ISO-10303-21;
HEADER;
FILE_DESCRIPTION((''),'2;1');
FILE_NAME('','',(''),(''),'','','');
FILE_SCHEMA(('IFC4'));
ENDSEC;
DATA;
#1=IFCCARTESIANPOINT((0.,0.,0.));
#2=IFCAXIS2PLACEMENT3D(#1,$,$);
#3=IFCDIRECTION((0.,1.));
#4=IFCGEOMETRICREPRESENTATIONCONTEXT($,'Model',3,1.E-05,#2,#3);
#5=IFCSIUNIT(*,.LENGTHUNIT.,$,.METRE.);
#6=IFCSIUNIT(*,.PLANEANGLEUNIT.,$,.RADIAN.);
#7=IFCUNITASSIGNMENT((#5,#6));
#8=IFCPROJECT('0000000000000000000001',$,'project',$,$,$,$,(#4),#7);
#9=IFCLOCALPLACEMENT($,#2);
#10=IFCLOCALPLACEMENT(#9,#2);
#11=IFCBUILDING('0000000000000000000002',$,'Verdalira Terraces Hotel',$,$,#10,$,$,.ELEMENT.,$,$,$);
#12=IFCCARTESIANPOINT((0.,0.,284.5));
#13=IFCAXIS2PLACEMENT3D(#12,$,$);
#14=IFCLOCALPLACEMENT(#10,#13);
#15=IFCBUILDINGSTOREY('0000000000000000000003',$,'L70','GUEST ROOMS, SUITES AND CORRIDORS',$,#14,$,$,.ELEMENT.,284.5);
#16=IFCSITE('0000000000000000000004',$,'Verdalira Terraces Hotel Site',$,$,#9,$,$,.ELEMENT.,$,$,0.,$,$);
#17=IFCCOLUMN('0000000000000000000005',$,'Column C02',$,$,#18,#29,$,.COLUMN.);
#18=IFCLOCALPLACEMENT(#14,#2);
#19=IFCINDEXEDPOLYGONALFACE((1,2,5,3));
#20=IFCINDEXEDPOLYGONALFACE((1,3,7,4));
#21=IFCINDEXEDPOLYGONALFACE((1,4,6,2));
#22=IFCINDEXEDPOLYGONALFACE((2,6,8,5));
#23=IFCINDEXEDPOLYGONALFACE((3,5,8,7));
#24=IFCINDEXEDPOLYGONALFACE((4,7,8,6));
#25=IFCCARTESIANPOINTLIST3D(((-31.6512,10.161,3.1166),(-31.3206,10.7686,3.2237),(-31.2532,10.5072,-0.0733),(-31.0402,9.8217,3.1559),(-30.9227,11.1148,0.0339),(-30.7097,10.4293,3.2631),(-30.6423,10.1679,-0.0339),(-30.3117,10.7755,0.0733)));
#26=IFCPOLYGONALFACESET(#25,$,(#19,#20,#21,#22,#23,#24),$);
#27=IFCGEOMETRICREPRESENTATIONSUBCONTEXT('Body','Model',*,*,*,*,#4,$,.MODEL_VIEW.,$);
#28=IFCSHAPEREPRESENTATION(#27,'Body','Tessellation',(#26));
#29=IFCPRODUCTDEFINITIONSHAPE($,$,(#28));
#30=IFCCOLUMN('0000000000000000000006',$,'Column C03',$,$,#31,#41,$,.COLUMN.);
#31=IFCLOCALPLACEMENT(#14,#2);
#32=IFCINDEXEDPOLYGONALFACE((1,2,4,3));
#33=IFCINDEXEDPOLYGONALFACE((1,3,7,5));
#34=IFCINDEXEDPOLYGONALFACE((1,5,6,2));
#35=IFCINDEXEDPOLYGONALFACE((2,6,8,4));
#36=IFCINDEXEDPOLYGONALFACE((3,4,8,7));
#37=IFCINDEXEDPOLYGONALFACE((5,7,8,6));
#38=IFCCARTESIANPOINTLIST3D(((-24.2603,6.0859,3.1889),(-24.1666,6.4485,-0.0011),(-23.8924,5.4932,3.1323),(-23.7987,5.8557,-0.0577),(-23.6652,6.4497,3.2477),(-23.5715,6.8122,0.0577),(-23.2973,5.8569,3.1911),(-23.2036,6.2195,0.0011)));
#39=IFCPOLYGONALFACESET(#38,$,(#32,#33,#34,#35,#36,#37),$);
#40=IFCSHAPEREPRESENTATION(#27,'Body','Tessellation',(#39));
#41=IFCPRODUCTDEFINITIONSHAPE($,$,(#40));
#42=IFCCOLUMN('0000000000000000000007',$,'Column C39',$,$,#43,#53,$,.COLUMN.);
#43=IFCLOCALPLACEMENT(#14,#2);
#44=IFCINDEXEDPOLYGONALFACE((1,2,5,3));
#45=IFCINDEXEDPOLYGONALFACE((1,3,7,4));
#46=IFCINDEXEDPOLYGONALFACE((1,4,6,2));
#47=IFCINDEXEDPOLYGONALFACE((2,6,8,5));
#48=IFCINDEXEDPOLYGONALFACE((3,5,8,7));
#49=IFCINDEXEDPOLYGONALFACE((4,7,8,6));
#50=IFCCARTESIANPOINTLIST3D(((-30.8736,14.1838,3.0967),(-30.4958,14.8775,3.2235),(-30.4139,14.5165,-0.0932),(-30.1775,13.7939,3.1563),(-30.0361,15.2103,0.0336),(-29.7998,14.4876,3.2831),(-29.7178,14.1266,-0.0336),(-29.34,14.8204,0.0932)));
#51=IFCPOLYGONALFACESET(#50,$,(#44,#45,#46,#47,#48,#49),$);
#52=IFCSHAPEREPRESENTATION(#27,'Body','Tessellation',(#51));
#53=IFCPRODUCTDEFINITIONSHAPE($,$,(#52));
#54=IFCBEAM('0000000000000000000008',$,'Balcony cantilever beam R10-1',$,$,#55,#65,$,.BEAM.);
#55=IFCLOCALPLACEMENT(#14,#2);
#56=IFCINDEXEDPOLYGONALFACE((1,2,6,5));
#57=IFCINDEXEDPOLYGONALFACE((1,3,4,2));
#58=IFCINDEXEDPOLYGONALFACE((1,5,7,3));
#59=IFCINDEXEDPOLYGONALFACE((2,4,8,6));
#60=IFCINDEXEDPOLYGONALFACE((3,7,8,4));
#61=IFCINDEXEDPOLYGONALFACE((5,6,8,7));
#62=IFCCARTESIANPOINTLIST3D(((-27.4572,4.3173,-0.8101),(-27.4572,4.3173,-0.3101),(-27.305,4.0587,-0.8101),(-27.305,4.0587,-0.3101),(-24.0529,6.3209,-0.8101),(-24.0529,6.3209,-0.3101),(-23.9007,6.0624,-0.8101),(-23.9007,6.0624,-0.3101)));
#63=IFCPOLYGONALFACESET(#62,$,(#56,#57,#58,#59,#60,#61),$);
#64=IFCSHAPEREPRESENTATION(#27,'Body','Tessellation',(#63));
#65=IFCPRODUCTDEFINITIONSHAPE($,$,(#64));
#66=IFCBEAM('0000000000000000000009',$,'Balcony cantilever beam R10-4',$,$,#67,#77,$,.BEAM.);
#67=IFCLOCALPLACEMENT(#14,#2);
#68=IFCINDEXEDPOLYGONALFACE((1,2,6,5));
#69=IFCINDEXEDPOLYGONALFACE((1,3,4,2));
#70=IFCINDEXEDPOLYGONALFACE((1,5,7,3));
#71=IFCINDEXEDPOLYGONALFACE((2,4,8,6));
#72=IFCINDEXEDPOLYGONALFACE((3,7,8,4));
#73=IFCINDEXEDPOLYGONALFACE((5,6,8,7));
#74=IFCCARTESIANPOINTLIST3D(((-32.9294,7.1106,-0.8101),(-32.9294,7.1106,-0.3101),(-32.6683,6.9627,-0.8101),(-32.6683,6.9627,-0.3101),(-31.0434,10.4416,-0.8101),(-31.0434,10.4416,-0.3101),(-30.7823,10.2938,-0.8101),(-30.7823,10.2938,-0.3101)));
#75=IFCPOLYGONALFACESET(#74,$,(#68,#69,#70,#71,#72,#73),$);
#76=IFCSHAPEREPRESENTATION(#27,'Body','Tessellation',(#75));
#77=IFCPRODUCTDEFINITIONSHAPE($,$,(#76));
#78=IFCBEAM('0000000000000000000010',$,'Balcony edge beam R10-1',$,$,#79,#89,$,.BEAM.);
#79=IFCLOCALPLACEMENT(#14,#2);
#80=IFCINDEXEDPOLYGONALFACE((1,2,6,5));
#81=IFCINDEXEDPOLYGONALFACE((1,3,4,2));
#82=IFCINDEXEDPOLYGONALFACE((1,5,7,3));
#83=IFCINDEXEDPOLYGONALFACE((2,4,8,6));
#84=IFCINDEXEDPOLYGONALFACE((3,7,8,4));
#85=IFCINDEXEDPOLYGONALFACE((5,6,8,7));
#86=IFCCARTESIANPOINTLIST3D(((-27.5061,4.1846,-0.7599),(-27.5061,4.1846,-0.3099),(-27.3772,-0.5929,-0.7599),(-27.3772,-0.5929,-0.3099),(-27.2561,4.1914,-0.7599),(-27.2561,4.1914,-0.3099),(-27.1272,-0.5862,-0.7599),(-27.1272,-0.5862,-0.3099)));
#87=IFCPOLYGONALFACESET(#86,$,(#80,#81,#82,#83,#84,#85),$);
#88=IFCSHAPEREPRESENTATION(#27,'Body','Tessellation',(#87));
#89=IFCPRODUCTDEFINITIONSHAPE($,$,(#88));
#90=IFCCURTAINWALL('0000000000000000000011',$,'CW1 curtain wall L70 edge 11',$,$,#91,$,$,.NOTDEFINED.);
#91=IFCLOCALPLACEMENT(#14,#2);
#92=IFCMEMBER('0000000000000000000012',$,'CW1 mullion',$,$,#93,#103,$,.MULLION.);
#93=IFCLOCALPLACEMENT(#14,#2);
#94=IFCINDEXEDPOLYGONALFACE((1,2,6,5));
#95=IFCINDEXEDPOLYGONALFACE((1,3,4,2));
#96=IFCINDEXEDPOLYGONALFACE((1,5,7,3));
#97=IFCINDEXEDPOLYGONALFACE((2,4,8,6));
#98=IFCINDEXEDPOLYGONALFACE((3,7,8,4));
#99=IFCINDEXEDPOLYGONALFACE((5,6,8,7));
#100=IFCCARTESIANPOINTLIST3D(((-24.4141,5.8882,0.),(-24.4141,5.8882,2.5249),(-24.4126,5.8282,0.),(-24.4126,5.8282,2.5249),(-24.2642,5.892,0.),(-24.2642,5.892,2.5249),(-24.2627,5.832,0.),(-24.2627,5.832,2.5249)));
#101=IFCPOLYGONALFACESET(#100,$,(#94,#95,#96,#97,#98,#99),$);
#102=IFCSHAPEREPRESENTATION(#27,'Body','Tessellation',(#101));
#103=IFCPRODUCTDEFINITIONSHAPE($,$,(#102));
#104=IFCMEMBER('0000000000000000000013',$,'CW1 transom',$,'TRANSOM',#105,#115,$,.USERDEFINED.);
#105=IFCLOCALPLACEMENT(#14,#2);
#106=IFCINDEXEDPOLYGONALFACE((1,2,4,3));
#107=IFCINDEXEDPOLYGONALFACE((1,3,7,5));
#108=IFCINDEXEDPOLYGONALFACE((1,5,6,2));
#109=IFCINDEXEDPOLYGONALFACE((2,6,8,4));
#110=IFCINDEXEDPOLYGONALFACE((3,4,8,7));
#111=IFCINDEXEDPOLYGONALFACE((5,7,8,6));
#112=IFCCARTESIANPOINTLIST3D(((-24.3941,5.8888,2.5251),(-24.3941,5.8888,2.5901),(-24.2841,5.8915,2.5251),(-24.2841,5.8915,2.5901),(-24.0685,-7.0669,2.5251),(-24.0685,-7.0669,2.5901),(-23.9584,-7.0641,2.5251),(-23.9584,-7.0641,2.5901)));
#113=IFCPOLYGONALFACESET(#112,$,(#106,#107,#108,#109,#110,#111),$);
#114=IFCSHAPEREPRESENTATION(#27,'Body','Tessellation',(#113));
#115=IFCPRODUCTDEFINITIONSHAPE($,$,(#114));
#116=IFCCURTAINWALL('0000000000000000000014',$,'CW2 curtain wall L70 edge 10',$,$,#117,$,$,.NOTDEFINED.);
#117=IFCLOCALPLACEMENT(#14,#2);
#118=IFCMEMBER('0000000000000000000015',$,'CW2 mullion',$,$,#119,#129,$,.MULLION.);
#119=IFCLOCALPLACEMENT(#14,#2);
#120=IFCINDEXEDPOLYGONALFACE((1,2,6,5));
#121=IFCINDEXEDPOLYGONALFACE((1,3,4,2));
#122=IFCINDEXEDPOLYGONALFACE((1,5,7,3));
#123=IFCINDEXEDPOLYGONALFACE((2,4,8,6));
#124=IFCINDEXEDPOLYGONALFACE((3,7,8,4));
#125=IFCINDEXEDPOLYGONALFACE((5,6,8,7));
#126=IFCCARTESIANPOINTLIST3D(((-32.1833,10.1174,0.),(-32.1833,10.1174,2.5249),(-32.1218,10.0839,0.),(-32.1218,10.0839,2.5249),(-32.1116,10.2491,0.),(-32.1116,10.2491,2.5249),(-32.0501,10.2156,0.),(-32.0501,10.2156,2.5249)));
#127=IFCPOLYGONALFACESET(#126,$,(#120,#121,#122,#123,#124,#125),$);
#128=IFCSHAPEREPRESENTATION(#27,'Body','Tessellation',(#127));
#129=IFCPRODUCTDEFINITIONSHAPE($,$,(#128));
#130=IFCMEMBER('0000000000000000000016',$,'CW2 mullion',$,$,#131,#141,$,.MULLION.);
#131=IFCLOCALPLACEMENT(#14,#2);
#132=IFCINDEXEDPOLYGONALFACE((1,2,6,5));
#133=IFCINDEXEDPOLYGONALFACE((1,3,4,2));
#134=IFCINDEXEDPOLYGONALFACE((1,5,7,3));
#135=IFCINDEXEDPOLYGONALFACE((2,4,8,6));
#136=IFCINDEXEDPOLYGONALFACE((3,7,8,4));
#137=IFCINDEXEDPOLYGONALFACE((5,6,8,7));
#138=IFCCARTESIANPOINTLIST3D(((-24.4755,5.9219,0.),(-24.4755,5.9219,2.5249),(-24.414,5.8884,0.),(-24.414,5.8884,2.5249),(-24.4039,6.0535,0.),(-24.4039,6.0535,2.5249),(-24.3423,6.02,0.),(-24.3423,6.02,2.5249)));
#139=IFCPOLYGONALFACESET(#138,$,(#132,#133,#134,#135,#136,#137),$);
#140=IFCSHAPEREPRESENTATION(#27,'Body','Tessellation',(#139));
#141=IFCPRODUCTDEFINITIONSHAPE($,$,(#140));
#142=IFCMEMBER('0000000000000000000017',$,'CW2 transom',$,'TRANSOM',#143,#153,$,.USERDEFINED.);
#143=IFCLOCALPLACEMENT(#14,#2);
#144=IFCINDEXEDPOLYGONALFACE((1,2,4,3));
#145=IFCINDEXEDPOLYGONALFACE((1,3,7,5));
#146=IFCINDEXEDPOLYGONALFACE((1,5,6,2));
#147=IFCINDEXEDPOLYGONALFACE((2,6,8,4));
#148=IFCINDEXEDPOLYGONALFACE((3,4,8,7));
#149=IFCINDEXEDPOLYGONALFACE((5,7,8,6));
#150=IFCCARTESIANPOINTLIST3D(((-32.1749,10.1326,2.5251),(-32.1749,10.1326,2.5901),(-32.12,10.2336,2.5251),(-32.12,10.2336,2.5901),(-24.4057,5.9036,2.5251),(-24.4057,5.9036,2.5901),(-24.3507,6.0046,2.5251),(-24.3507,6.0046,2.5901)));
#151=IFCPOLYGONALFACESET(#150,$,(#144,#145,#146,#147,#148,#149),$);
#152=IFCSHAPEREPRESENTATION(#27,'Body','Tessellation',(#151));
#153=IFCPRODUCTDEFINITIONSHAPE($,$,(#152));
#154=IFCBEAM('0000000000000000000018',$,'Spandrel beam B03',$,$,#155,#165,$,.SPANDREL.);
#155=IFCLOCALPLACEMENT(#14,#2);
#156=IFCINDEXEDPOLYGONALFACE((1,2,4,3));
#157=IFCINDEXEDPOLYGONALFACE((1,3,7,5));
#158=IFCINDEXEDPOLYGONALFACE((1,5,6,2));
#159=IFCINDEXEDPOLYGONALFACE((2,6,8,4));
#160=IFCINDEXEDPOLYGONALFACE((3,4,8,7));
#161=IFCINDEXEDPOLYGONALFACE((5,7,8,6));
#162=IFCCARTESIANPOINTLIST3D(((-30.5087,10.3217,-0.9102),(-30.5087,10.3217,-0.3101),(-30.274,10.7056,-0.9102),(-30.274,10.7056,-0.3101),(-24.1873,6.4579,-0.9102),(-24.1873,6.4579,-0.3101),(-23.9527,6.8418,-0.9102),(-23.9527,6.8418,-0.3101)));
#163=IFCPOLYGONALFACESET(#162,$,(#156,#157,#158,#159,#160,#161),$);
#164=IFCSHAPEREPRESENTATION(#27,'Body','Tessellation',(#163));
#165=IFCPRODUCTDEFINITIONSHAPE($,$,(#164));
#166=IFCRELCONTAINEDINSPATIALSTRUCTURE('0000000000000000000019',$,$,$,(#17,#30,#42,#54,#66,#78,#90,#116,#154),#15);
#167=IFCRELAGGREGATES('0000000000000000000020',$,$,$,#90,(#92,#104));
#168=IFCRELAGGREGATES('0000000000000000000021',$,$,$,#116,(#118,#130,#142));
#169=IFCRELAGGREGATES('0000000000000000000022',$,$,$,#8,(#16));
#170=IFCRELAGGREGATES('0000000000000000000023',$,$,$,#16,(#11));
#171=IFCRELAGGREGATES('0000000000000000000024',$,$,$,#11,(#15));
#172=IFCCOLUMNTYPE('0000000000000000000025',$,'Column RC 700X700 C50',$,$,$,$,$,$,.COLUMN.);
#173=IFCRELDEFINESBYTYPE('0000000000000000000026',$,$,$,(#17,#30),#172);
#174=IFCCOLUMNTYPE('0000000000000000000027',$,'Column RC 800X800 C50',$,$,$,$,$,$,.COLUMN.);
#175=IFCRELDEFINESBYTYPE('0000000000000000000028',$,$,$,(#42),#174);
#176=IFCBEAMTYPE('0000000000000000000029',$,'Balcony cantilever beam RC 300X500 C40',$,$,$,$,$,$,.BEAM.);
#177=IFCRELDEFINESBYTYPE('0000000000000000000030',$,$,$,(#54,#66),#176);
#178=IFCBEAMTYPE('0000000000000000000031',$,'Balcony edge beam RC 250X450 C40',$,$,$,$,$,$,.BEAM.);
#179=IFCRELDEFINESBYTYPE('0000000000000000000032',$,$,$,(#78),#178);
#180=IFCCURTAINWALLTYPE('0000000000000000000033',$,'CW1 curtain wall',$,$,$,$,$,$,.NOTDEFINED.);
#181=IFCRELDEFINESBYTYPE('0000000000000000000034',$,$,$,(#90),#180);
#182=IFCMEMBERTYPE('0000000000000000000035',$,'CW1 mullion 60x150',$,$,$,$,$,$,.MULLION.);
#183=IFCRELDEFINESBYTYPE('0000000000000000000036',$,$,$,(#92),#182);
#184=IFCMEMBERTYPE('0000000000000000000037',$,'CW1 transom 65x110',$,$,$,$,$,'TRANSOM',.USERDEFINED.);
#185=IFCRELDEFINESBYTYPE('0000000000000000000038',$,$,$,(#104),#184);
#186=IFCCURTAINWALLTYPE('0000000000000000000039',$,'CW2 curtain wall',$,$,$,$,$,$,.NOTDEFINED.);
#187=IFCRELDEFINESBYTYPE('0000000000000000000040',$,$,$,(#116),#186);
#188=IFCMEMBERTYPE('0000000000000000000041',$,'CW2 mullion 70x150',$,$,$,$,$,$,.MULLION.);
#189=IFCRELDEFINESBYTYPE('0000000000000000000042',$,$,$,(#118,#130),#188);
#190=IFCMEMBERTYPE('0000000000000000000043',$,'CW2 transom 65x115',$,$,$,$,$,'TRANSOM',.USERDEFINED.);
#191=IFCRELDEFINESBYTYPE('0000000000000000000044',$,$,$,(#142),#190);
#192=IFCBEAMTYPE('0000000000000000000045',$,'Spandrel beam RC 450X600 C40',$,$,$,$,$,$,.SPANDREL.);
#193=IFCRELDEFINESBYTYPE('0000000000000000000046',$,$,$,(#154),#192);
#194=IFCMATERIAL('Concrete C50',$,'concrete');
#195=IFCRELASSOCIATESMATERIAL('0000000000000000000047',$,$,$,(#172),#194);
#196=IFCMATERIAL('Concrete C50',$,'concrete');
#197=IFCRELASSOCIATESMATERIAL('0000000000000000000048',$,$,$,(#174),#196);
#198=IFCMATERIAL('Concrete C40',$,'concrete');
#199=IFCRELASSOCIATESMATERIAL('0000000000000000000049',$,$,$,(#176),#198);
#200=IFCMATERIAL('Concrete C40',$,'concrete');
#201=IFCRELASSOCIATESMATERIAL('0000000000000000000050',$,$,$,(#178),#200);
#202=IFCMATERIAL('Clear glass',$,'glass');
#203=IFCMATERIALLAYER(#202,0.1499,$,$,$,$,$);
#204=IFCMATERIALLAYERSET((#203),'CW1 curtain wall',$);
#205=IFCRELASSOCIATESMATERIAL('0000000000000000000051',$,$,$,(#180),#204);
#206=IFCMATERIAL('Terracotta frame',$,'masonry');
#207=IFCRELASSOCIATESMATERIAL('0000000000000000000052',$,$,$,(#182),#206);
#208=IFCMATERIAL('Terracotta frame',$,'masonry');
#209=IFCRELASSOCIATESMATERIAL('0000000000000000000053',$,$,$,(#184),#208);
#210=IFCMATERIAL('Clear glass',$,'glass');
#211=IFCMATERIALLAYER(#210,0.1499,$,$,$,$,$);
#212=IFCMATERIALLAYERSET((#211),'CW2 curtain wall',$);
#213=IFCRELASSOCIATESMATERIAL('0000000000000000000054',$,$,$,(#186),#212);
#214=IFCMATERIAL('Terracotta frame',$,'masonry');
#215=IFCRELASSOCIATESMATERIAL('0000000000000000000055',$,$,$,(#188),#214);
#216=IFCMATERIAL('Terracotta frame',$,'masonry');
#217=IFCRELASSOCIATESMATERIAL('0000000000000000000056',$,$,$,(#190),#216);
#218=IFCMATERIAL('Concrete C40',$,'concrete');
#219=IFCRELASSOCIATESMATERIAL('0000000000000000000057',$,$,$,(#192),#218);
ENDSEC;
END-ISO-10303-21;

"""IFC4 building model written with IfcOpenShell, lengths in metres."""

from ifc_helpers import new_model, si_unit, direction, frame, origin, origin_2d, place, context, subcontext, project, spatial, rectangle, extrude, material, layer, layer_set, material_profile, profile_set, type_object, element, aggregate, save


model = new_model("IFC4")

# Units and contexts
model_context = context("Model", 3, precision=1e-05, world=origin(), true_north=direction((0.0, 1.0)))
body_context = subcontext(model_context, "Body", "Model", "MODEL_VIEW")
ifc_project = project(units=[si_unit("LENGTHUNIT", "METRE"), si_unit("PLANEANGLEUNIT", "RADIAN")], contexts=[model_context])

# Site, building, storey
site_placement = place(None, origin())
site = spatial("IfcSite", under=ifc_project, at=site_placement, Name="Verdalira Terraces Hotel Site", CompositionType="ELEMENT", RefElevation=0.0)
building_placement = place(site_placement, origin())
building = spatial("IfcBuilding", under=site, at=building_placement, Name="Verdalira Terraces Hotel", CompositionType="ELEMENT")
storey_placement = place(building_placement, frame((0.0, 0.0, 284.5)))
storey = spatial("IfcBuildingStorey", under=building, at=storey_placement, Name="L70", Description="GUEST ROOMS, SUITES AND CORRIDORS", CompositionType="ELEMENT", Elevation=284.5)

# Columns
ifc_material_1 = material(Name="Concrete C50", Category="concrete")
ifc_material_profile_1 = material_profile(ifc_material_1, rectangle(XDim=0.7, YDim=0.7, at=origin_2d()), Name="RC 700X700")
ifc_profile_set_1 = profile_set([ifc_material_profile_1], Name="Concrete C50")
column_type_1 = type_object("IfcColumnType", Name="Column RC 700X700 C50", PredefinedType="COLUMN", material=ifc_profile_set_1)
column_1_placement = place(storey_placement, frame((-30.7825, 10.6414, 0.0), z_axis=(-0.12308, -0.107072, 0.986604), x_axis=(0.87283, -0.484769, 0.056277)))
element("IfcColumn", 1, at=column_1_placement, inside=storey, type_object=column_type_1, Name="Column C02", PredefinedType="COLUMN", context=body_context, shape_type="SweptSolid", body=[
    extrude(rectangle(XDim=0.7, YDim=0.7, at=origin_2d()), origin(), (0.0, 0.0, 1.0), 3.2332),
])
column_2_placement = place(storey_placement, frame((-23.6851, 6.334, 0.0), z_axis=(-0.029189, -0.112879, 0.99318), x_axis=(-0.525611, 0.846879, 0.080804)))
element("IfcColumn", 2, at=column_2_placement, inside=storey, type_object=column_type_1, Name="Column C03", PredefinedType="COLUMN", context=body_context, shape_type="SweptSolid", body=[
    extrude(rectangle(XDim=0.7, YDim=0.7, at=origin_2d()), origin(), (0.0, 0.0, 1.0), 3.2119),
])
ifc_material_2 = material(Name="Concrete C50", Category="concrete")
ifc_material_profile_2 = material_profile(ifc_material_2, rectangle(XDim=0.8, YDim=0.8, at=origin_2d()), Name="RC 800X800")
ifc_profile_set_2 = profile_set([ifc_material_profile_2], Name="Concrete C50")
column_type_2 = type_object("IfcColumnType", Name="Column RC 800X800 C50", PredefinedType="COLUMN", material=ifc_profile_set_2)
column_3_placement = place(storey_placement, frame((-29.877, 14.6685, 0.0), z_axis=(-0.141887, -0.102704, 0.984541), x_axis=(-0.87002, 0.487348, -0.074544)))
element("IfcColumn", 3, at=column_3_placement, inside=storey, type_object=column_type_2, Name="Column C39", PredefinedType="COLUMN", context=body_context, shape_type="SweptSolid", body=[
    extrude(rectangle(XDim=0.8, YDim=0.8, at=origin_2d()), origin(), (0.0, 0.0, 1.0), 3.24),
])

# Beams
ifc_material_3 = material(Name="Concrete C40", Category="concrete")
ifc_material_profile_3 = material_profile(ifc_material_3, rectangle(XDim=0.3, YDim=0.5, at=origin_2d()), Name="RC 300X500")
ifc_profile_set_3 = profile_set([ifc_material_profile_3], Name="Concrete C40")
beam_type_1 = type_object("IfcBeamType", Name="Balcony cantilever beam RC 300X500 C40", PredefinedType="BEAM", material=ifc_profile_set_3)
beam_1_placement = place(storey_placement, frame((-23.9768, 6.1917, -0.5601), z_axis=(-0.861809, -0.507233, 0.0), x_axis=(0.507233, -0.861809, 0.0)))
element("IfcBeam", 4, at=beam_1_placement, inside=storey, type_object=beam_type_1, Name="Balcony cantilever beam R10-1", PredefinedType="BEAM", context=body_context, shape_type="SweptSolid", body=[
    extrude(rectangle(XDim=0.3, YDim=0.5, at=origin_2d()), origin(), (0.0, 0.0, 1.0), 3.9502),
])
beam_2_placement = place(storey_placement, frame((-30.9128, 10.3677, -0.5601), z_axis=(-0.492694, -0.870203, 0.0), x_axis=(0.870203, -0.492694, 0.0)))
element("IfcBeam", 5, at=beam_2_placement, inside=storey, type_object=beam_type_1, Name="Balcony cantilever beam R10-4", PredefinedType="BEAM", context=body_context, shape_type="SweptSolid", body=[
    extrude(rectangle(XDim=0.3, YDim=0.5, at=origin_2d()), origin(), (0.0, 0.0, 1.0), 3.8279),
])
ifc_material_4 = material(Name="Concrete C40", Category="concrete")
ifc_material_profile_4 = material_profile(ifc_material_4, rectangle(XDim=0.25, YDim=0.45, at=origin_2d()), Name="RC 250X450")
ifc_profile_set_4 = profile_set([ifc_material_profile_4], Name="Concrete C40")
beam_type_2 = type_object("IfcBeamType", Name="Balcony edge beam RC 250X450 C40", PredefinedType="BEAM", material=ifc_profile_set_4)
beam_3_placement = place(storey_placement, frame((-27.3811, 4.188, -0.5349), z_axis=(0.026972, -0.999636, 0.0), x_axis=(0.999636, 0.026972, 0.0)))
element("IfcBeam", 6, at=beam_3_placement, inside=storey, type_object=beam_type_2, Name="Balcony edge beam R10-1", PredefinedType="BEAM", context=body_context, shape_type="SweptSolid", body=[
    extrude(rectangle(XDim=0.25, YDim=0.45, at=origin_2d()), origin(), (0.0, 0.0, 1.0), 4.7793),
])

# Curtain walls, members
ifc_material_5 = material(Name="Clear glass", Category="glass")
ifc_layer_1 = layer(ifc_material_5, 0.1499)
ifc_layer_set_1 = layer_set([ifc_layer_1], Name="CW1 curtain wall")
curtain_wall_type_1 = type_object("IfcCurtainWallType", Name="CW1 curtain wall", PredefinedType="NOTDEFINED", material=ifc_layer_set_1)
curtain_wall_1_placement = place(storey_placement, origin())
curtain_wall_1 = element("IfcCurtainWall", 7, at=curtain_wall_1_placement, inside=storey, type_object=curtain_wall_type_1, Name="CW1 curtain wall L70 edge 11", PredefinedType="NOTDEFINED")
ifc_material_6 = material(Name="Terracotta frame", Category="masonry")
ifc_material_profile_5 = material_profile(ifc_material_6, rectangle(XDim=0.0601, YDim=0.1499, at=origin_2d()), Name="MU 60x150")
ifc_profile_set_5 = profile_set([ifc_material_profile_5], Name="Terracotta frame")
member_type_1 = type_object("IfcMemberType", Name="CW1 mullion 60x150", PredefinedType="MULLION", material=ifc_profile_set_5)
member_1_placement = place(storey_placement, frame((-24.3384, 5.8601, 0.0), z_axis=(0.0, 0.0, 1.0), x_axis=(0.02513, -0.999684, 0.0)))
member_1 = element("IfcMember", 8, at=member_1_placement, type_object=member_type_1, Name="CW1 mullion", PredefinedType="MULLION", context=body_context, shape_type="SweptSolid", body=[
    extrude(rectangle(XDim=0.0601, YDim=0.1499, at=origin_2d()), origin(), (0.0, 0.0, 1.0), 2.5249),
])
ifc_material_7 = material(Name="Terracotta frame", Category="masonry")
ifc_material_profile_6 = material_profile(ifc_material_7, rectangle(XDim=0.1101, YDim=0.0649, at=origin_2d()), Name="TR 65x110")
ifc_profile_set_6 = profile_set([ifc_material_profile_6], Name="Terracotta frame")
member_type_2 = type_object("IfcMemberType", Name="CW1 transom 65x110", ElementType="TRANSOM", PredefinedType="USERDEFINED", material=ifc_profile_set_6)
member_2_placement = place(storey_placement, frame((-24.3391, 5.8901, 2.5576), z_axis=(0.025131, -0.999684, 0.0), x_axis=(0.999684, 0.025131, 0.0)))
member_2 = element("IfcMember", 9, at=member_2_placement, type_object=member_type_2, Name="CW1 transom", ObjectType="TRANSOM", PredefinedType="USERDEFINED", context=body_context, shape_type="SweptSolid", body=[
    extrude(rectangle(XDim=0.1101, YDim=0.0649, at=origin_2d()), origin(), (0.0, 0.0, 1.0), 12.9597),
])
ifc_material_8 = material(Name="Clear glass", Category="glass")
ifc_layer_2 = layer(ifc_material_8, 0.1499)
ifc_layer_set_2 = layer_set([ifc_layer_2], Name="CW2 curtain wall")
curtain_wall_type_2 = type_object("IfcCurtainWallType", Name="CW2 curtain wall", PredefinedType="NOTDEFINED", material=ifc_layer_set_2)
curtain_wall_2_placement = place(storey_placement, origin())
curtain_wall_2 = element("IfcCurtainWall", 10, at=curtain_wall_2_placement, inside=storey, type_object=curtain_wall_type_2, Name="CW2 curtain wall L70 edge 10", PredefinedType="NOTDEFINED")
ifc_material_9 = material(Name="Terracotta frame", Category="masonry")
ifc_material_profile_7 = material_profile(ifc_material_9, rectangle(XDim=0.0701, YDim=0.1499, at=origin_2d()), Name="MU 70x150")
ifc_profile_set_7 = profile_set([ifc_material_profile_7], Name="Terracotta frame")
member_type_3 = type_object("IfcMemberType", Name="CW2 mullion 70x150", PredefinedType="MULLION", material=ifc_profile_set_7)
member_3_placement = place(storey_placement, frame((-32.1167, 10.1665, 0.0), z_axis=(0.0, 0.0, 1.0), x_axis=(0.878317, -0.478079, 0.0)))
member_3 = element("IfcMember", 11, at=member_3_placement, type_object=member_type_3, Name="CW2 mullion", PredefinedType="MULLION", context=body_context, shape_type="SweptSolid", body=[
    extrude(rectangle(XDim=0.0701, YDim=0.1499, at=origin_2d()), origin(), (0.0, 0.0, 1.0), 2.5249),
])
member_4_placement = place(storey_placement, frame((-24.4089, 5.9709, 0.0), z_axis=(0.0, 0.0, 1.0), x_axis=(0.878317, -0.478079, 0.0)))
member_4 = element("IfcMember", 12, at=member_4_placement, type_object=member_type_3, Name="CW2 mullion", PredefinedType="MULLION", context=body_context, shape_type="SweptSolid", body=[
    extrude(rectangle(XDim=0.0701, YDim=0.1499, at=origin_2d()), origin(), (0.0, 0.0, 1.0), 2.5249),
])
ifc_material_10 = material(Name="Terracotta frame", Category="masonry")
ifc_material_profile_8 = material_profile(ifc_material_10, rectangle(XDim=0.115, YDim=0.0649, at=origin_2d()), Name="TR 65x115")
ifc_profile_set_8 = profile_set([ifc_material_profile_8], Name="Terracotta frame")
member_type_4 = type_object("IfcMemberType", Name="CW2 transom 65x115", ElementType="TRANSOM", PredefinedType="USERDEFINED", material=ifc_profile_set_8)
member_5_placement = place(storey_placement, frame((-32.1475, 10.1831, 2.5576), z_axis=(0.878313, -0.478086, 0.0), x_axis=(0.478086, 0.878313, 0.0)))
member_5 = element("IfcMember", 13, at=member_5_placement, type_object=member_type_4, Name="CW2 transom", ObjectType="TRANSOM", PredefinedType="USERDEFINED", context=body_context, shape_type="SweptSolid", body=[
    extrude(rectangle(XDim=0.115, YDim=0.0649, at=origin_2d()), origin(), (0.0, 0.0, 1.0), 8.8457),
])

# Beam
ifc_material_11 = material(Name="Concrete C40", Category="concrete")
ifc_material_profile_9 = material_profile(ifc_material_11, rectangle(XDim=0.45, YDim=0.6001, at=origin_2d()), Name="RC 450X600")
ifc_profile_set_9 = profile_set([ifc_material_profile_9], Name="Concrete C40")
beam_type_3 = type_object("IfcBeamType", Name="Spandrel beam RC 450X600 C40", PredefinedType="SPANDREL", material=ifc_profile_set_9)
beam_4_placement = place(storey_placement, frame((-30.3914, 10.5137, -0.6101), z_axis=(0.853236, -0.521525, 0.0), x_axis=(0.521525, 0.853236, 0.0)))
element("IfcBeam", 14, at=beam_4_placement, inside=storey, type_object=beam_type_3, Name="Spandrel beam B03", PredefinedType="SPANDREL", context=body_context, shape_type="SweptSolid", body=[
    extrude(rectangle(XDim=0.45, YDim=0.6001, at=origin_2d()), origin(), (0.0, 0.0, 1.0), 7.4087),
])

aggregate(curtain_wall_1, [member_1, member_2])
aggregate(curtain_wall_2, [member_3, member_4, member_5])

save(model, "model.ifc")
